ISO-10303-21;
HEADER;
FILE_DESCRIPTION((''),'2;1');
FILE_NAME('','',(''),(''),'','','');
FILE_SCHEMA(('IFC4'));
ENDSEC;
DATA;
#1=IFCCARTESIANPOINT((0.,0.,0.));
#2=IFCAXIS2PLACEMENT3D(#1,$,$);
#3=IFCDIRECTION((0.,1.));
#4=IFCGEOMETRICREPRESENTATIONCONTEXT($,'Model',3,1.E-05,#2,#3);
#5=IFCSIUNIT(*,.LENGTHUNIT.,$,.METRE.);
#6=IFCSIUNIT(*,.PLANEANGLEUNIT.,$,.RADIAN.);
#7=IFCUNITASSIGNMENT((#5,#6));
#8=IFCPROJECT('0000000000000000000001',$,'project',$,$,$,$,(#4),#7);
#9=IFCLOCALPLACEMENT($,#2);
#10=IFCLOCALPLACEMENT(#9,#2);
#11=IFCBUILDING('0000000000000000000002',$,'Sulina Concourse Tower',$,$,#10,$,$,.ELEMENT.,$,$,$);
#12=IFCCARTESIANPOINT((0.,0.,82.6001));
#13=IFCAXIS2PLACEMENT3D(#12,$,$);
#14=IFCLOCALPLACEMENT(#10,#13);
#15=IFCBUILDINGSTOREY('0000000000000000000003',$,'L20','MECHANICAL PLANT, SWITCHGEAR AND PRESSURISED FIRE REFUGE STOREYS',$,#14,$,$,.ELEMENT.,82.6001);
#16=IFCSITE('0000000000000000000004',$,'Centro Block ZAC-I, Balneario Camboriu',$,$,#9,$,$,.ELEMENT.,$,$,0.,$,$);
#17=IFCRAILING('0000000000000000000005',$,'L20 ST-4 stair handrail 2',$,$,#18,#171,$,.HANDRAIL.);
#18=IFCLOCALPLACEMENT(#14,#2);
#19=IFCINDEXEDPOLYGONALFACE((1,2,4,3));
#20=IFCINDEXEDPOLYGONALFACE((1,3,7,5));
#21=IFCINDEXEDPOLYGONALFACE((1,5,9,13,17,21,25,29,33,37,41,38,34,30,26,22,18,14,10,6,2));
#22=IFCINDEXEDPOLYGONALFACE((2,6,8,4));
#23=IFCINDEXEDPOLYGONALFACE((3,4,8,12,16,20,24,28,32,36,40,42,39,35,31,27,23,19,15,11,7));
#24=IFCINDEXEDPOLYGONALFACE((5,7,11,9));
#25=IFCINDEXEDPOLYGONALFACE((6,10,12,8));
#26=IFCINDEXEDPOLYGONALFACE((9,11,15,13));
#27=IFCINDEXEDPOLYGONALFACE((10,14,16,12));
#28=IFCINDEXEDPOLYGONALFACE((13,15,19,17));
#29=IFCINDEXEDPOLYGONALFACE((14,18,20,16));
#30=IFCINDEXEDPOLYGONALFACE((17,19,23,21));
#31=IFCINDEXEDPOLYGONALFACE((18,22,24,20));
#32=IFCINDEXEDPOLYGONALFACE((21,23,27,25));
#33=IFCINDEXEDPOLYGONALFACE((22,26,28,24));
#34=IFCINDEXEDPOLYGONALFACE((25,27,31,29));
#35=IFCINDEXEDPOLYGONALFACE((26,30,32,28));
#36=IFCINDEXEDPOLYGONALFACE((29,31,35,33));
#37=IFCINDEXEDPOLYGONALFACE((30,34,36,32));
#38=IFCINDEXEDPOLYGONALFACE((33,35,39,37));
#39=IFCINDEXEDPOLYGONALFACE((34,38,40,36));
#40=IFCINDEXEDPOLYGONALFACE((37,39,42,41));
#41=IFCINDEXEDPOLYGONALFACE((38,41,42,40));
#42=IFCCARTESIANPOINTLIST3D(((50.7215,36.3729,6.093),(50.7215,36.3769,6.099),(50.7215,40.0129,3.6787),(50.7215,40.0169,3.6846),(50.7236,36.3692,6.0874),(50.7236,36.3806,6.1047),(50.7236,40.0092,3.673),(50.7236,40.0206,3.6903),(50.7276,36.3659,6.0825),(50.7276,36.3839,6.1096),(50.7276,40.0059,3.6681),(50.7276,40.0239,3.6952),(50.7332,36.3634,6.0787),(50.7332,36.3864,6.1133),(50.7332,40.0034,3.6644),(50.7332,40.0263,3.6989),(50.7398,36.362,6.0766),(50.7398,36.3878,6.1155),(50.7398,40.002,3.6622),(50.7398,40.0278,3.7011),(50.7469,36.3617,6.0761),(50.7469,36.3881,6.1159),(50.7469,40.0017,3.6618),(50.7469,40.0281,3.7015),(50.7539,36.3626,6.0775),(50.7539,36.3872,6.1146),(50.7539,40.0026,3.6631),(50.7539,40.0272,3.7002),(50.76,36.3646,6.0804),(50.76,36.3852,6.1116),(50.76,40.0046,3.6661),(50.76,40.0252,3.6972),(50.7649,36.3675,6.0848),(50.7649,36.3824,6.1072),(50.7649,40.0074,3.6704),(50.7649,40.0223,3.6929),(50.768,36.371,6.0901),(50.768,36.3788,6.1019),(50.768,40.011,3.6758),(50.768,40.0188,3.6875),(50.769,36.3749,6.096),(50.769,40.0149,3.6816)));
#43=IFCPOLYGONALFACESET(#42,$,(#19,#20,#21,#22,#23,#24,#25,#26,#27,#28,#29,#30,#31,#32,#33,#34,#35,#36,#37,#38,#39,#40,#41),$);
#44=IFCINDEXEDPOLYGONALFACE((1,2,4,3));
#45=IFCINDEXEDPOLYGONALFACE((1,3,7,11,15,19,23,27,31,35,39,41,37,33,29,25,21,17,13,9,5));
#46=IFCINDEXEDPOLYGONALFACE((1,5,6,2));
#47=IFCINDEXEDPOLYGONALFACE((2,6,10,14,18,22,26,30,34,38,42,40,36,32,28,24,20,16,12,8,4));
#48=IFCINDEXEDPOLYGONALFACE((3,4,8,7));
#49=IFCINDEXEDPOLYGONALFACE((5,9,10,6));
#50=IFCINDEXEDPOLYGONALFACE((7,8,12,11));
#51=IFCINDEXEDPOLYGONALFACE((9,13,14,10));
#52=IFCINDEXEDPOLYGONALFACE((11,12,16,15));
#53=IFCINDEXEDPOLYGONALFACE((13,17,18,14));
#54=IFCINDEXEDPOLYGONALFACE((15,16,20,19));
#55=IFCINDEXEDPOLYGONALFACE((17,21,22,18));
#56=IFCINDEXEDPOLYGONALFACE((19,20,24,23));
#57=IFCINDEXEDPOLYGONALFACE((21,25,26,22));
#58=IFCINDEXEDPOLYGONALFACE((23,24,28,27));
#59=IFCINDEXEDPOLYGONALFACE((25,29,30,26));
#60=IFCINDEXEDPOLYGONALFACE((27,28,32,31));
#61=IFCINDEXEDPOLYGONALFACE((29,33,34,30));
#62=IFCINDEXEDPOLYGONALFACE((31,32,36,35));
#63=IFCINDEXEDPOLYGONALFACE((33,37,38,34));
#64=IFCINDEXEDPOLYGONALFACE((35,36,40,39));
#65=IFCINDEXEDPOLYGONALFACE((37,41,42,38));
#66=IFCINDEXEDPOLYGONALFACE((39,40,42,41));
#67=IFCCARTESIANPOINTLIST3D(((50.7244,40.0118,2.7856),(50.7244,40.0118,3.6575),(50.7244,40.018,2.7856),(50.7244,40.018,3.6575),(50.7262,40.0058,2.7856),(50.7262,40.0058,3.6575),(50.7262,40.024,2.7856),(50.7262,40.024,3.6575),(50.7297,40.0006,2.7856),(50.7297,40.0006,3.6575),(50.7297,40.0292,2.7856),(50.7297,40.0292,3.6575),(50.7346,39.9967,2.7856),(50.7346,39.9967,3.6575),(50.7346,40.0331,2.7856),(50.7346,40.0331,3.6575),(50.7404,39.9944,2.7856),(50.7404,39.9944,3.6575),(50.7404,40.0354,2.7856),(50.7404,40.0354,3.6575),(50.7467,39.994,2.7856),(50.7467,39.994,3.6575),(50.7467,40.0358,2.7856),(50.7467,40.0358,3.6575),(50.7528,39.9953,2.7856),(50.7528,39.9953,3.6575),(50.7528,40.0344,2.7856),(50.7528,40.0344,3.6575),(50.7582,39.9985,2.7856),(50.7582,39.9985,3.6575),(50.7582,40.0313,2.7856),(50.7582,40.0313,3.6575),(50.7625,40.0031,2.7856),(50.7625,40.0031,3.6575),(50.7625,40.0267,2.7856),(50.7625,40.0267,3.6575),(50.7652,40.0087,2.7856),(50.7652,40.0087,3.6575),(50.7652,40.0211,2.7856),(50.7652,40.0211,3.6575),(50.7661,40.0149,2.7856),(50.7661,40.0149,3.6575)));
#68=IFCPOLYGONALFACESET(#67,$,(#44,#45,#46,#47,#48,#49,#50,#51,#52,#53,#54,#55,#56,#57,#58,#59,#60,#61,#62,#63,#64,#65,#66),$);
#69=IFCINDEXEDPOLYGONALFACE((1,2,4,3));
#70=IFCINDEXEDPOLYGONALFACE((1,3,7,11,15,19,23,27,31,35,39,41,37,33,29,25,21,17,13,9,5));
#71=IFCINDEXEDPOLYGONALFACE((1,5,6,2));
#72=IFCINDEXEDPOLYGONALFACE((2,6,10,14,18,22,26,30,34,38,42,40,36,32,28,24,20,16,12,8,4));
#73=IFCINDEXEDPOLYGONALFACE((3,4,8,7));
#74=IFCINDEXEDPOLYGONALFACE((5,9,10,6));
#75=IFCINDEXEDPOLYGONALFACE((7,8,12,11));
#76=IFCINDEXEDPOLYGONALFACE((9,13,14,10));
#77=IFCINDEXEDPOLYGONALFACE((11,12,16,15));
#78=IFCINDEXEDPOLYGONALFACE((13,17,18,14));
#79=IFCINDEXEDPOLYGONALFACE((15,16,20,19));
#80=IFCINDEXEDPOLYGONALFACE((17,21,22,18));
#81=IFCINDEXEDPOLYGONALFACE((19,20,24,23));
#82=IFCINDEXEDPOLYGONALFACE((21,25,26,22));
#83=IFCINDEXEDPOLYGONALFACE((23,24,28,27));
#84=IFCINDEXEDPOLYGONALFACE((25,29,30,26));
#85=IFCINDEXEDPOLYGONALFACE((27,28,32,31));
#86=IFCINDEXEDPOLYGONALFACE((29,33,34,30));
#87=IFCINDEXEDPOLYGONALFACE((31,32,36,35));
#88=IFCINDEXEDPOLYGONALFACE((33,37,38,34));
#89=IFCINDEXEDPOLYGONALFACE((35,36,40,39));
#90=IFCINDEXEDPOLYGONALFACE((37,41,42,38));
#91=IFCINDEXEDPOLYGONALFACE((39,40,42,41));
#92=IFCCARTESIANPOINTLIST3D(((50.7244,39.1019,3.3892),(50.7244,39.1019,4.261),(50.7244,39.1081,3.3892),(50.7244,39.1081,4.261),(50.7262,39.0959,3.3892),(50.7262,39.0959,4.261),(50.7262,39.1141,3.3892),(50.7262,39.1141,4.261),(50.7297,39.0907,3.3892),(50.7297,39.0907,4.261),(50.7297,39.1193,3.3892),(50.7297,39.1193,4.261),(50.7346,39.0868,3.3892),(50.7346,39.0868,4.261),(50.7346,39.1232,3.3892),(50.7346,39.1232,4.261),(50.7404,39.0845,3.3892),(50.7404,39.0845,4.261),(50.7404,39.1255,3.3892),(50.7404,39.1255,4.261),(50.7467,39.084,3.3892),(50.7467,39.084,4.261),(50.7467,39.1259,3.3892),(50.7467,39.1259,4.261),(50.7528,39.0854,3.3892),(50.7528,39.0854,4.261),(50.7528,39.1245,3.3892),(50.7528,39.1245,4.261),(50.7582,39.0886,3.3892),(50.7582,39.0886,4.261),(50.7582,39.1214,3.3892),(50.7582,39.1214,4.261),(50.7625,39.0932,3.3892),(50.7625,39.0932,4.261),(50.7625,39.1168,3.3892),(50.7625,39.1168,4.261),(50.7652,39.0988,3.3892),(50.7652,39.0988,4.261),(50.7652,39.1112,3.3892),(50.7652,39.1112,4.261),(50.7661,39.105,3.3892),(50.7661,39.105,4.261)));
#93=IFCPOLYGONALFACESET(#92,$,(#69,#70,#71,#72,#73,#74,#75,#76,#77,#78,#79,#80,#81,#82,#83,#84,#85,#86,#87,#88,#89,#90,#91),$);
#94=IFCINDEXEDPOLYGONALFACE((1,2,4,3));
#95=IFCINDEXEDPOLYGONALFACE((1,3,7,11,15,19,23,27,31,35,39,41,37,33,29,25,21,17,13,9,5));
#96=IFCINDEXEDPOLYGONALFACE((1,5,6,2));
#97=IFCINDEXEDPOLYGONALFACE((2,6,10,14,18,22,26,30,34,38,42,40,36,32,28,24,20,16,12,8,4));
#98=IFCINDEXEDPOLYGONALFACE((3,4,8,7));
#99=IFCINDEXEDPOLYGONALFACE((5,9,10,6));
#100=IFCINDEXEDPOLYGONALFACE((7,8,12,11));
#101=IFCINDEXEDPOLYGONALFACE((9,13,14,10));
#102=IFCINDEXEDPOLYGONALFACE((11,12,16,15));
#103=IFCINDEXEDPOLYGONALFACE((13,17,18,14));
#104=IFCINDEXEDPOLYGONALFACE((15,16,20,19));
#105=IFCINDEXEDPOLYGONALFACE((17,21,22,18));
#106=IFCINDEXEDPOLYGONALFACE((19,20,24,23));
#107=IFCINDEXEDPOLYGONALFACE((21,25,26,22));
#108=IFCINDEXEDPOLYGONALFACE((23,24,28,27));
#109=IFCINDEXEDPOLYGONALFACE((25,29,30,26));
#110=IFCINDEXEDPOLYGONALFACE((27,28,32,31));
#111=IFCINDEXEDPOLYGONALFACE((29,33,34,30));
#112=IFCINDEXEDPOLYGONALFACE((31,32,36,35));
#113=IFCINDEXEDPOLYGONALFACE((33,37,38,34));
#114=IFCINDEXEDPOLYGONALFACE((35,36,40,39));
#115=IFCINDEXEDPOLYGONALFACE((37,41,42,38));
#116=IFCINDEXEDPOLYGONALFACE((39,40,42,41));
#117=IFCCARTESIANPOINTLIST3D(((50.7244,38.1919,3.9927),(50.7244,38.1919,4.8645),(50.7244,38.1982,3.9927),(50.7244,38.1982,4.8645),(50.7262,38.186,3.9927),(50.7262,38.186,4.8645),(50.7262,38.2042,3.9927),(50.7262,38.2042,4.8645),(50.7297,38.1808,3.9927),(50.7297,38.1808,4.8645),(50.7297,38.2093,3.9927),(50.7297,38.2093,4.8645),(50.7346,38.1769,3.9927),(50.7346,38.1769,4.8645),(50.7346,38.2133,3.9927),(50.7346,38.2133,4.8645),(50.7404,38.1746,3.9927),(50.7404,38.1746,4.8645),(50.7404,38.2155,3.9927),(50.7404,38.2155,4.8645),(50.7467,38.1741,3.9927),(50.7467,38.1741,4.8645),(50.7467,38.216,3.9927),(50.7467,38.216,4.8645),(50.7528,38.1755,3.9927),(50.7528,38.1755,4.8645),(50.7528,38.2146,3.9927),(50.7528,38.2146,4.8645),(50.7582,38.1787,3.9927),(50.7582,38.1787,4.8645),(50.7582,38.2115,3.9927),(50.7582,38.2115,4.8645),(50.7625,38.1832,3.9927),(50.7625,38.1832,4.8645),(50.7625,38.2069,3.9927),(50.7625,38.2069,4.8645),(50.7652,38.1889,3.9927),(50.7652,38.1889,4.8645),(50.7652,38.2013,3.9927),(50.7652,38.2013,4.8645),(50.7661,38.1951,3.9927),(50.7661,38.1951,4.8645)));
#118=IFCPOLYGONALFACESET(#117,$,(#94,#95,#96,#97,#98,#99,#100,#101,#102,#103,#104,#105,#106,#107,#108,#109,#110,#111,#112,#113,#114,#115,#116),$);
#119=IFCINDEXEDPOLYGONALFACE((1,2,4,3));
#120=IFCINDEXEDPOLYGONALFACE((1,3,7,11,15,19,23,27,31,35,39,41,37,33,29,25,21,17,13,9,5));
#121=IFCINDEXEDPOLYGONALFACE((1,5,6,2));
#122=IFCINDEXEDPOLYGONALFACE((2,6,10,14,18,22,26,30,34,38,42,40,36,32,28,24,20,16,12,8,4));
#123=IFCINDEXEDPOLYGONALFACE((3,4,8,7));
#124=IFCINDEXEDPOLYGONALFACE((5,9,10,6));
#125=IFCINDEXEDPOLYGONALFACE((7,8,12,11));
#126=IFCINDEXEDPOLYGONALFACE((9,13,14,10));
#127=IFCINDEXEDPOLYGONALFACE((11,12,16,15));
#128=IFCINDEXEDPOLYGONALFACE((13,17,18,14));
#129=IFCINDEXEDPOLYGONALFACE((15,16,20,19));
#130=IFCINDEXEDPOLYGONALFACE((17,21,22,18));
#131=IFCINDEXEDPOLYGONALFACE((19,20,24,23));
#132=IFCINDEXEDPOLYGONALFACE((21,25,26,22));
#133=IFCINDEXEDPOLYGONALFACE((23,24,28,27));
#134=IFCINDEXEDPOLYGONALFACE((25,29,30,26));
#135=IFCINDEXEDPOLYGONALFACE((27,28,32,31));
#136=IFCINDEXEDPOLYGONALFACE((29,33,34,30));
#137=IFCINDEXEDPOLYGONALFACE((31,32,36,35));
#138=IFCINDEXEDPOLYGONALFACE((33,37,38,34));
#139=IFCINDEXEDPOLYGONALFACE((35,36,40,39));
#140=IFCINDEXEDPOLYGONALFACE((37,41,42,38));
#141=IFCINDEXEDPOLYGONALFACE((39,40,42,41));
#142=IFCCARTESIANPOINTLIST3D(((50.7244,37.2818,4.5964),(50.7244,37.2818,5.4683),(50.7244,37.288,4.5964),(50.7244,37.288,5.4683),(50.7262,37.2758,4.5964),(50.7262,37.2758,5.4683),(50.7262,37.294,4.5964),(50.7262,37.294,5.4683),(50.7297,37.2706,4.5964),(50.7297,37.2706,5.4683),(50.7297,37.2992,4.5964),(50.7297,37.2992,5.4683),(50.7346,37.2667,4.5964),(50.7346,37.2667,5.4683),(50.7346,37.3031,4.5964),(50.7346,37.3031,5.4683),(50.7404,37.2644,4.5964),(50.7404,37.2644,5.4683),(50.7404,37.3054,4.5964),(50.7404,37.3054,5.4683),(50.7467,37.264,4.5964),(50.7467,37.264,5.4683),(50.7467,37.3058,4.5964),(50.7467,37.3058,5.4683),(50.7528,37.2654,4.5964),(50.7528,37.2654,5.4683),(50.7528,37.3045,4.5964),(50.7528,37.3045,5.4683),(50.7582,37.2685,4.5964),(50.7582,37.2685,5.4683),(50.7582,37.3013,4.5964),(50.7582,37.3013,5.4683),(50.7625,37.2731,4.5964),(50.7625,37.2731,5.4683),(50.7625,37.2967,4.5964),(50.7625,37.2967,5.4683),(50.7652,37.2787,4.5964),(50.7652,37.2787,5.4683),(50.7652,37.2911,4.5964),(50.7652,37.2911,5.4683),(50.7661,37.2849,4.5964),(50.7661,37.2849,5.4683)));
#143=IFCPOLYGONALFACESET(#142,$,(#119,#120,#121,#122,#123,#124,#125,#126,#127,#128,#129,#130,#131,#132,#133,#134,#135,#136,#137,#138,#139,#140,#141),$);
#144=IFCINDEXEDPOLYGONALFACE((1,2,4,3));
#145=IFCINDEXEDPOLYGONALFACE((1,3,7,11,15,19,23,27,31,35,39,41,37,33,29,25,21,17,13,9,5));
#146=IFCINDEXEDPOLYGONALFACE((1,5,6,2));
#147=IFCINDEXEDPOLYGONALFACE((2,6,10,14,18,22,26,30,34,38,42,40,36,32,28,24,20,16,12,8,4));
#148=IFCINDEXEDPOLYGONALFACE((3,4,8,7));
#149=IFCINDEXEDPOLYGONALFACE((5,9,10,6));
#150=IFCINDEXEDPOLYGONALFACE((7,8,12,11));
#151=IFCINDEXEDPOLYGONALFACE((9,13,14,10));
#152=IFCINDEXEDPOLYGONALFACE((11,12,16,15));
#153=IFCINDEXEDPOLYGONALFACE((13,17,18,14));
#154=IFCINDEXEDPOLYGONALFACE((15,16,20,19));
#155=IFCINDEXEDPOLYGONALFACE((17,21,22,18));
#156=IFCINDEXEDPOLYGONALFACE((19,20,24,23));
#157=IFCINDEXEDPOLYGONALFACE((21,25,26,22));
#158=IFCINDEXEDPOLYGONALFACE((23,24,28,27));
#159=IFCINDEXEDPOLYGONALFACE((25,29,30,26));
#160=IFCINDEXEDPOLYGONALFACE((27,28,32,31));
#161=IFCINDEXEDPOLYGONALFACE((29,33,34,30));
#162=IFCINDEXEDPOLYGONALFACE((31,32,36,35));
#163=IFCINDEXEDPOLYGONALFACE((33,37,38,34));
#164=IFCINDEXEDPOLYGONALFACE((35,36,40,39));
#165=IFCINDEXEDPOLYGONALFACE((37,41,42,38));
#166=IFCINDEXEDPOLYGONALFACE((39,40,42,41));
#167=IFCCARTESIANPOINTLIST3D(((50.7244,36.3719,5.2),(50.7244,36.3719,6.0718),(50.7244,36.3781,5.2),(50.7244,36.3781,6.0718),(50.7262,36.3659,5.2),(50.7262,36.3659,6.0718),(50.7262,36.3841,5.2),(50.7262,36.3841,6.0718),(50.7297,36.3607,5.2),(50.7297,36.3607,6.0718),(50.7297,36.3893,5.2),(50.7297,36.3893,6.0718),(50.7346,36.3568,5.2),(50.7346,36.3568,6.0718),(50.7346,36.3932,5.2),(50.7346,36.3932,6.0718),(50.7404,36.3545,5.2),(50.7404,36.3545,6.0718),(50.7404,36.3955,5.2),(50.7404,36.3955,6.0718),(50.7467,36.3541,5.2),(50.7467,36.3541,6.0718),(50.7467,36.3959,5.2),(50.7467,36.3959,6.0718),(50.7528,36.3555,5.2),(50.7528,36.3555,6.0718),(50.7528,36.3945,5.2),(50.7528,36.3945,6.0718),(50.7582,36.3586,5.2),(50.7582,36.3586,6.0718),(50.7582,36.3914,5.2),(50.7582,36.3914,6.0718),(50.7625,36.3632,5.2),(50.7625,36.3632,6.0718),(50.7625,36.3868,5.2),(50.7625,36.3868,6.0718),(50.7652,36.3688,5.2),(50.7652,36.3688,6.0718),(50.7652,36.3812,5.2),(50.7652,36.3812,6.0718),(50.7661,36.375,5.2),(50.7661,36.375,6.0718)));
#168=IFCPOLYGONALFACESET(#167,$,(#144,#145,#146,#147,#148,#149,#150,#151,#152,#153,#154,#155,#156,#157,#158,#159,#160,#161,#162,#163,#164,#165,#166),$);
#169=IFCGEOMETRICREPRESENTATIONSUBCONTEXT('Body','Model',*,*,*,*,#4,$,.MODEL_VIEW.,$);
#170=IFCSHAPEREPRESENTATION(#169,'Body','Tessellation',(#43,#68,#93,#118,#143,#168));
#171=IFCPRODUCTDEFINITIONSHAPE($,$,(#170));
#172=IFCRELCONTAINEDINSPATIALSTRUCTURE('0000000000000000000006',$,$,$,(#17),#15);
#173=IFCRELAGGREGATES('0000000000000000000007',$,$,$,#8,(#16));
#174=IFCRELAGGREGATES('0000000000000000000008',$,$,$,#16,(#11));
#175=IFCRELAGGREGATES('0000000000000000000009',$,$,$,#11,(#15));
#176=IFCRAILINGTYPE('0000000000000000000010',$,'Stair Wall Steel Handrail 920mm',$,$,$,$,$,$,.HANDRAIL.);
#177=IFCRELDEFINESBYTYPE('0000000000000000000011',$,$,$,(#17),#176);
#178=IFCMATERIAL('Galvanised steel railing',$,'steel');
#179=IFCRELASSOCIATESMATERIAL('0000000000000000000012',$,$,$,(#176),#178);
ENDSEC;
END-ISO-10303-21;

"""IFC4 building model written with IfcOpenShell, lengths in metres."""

from ifc_helpers import new_model, si_unit, direction, frame, origin, origin_2d, place, context, subcontext, project, spatial, circle, extrude, material, type_object, element, save


model = new_model("IFC4")

# Units and contexts
model_context = context("Model", 3, precision=1e-05, world=origin(), true_north=direction((0.0, 1.0)))
body_context = subcontext(model_context, "Body", "Model", "MODEL_VIEW")
ifc_project = project(units=[si_unit("LENGTHUNIT", "METRE"), si_unit("PLANEANGLEUNIT", "RADIAN")], contexts=[model_context])

# Site, building, storey
site_placement = place(None, origin())
site = spatial("IfcSite", under=ifc_project, at=site_placement, Name="Centro Block ZAC-I, Balneario Camboriu", CompositionType="ELEMENT", RefElevation=0.0)
building_placement = place(site_placement, origin())
building = spatial("IfcBuilding", under=site, at=building_placement, Name="Sulina Concourse Tower", CompositionType="ELEMENT")
storey_placement = place(building_placement, frame((0.0, 0.0, 82.6001)))
storey = spatial("IfcBuildingStorey", under=building, at=storey_placement, Name="L20", Description="MECHANICAL PLANT, SWITCHGEAR AND PRESSURISED FIRE REFUGE STOREYS", CompositionType="ELEMENT", Elevation=82.6001)

# Railing
ifc_material_1 = material(Name="Galvanised steel railing", Category="steel")
railing_type_1 = type_object("IfcRailingType", Name="Stair Wall Steel Handrail 920mm", PredefinedType="HANDRAIL", material=ifc_material_1)
railing_1_placement = place(storey_placement, frame((50.7451, 40.0149, 2.7856)))
element("IfcRailing", 1, at=railing_1_placement, inside=storey, type_object=railing_type_1, Name="L20 ST-4 stair handrail 2", PredefinedType="HANDRAIL", context=body_context, shape_type="SweptSolid", body=[
    extrude(circle(Radius=0.0239, at=origin_2d()), frame((0.0, 0.0, 0.896), z_axis=(0.0, -0.833347, 0.552751), x_axis=(1.0, 0.0, 0.0)), (0.0, 0.0, 1.0), 4.3679),
    extrude(circle(Radius=0.021, at=origin_2d()), origin(), (0.0, 0.0, 1.0), 0.8718),
    extrude(circle(Radius=0.021, at=origin_2d()), frame((0.0, -0.9099, 0.6035)), (0.0, 0.0, 1.0), 0.8718),
    extrude(circle(Radius=0.021, at=origin_2d()), frame((0.0, -1.8198, 1.207)), (0.0, 0.0, 1.0), 0.8718),
    extrude(circle(Radius=0.021, at=origin_2d()), frame((0.0, -2.73, 1.8108)), (0.0, 0.0, 1.0), 0.8718),
    extrude(circle(Radius=0.021, at=origin_2d()), frame((0.0, -3.6399, 2.4143)), (0.0, 0.0, 1.0), 0.8718),
])

save(model, "model.ifc")
